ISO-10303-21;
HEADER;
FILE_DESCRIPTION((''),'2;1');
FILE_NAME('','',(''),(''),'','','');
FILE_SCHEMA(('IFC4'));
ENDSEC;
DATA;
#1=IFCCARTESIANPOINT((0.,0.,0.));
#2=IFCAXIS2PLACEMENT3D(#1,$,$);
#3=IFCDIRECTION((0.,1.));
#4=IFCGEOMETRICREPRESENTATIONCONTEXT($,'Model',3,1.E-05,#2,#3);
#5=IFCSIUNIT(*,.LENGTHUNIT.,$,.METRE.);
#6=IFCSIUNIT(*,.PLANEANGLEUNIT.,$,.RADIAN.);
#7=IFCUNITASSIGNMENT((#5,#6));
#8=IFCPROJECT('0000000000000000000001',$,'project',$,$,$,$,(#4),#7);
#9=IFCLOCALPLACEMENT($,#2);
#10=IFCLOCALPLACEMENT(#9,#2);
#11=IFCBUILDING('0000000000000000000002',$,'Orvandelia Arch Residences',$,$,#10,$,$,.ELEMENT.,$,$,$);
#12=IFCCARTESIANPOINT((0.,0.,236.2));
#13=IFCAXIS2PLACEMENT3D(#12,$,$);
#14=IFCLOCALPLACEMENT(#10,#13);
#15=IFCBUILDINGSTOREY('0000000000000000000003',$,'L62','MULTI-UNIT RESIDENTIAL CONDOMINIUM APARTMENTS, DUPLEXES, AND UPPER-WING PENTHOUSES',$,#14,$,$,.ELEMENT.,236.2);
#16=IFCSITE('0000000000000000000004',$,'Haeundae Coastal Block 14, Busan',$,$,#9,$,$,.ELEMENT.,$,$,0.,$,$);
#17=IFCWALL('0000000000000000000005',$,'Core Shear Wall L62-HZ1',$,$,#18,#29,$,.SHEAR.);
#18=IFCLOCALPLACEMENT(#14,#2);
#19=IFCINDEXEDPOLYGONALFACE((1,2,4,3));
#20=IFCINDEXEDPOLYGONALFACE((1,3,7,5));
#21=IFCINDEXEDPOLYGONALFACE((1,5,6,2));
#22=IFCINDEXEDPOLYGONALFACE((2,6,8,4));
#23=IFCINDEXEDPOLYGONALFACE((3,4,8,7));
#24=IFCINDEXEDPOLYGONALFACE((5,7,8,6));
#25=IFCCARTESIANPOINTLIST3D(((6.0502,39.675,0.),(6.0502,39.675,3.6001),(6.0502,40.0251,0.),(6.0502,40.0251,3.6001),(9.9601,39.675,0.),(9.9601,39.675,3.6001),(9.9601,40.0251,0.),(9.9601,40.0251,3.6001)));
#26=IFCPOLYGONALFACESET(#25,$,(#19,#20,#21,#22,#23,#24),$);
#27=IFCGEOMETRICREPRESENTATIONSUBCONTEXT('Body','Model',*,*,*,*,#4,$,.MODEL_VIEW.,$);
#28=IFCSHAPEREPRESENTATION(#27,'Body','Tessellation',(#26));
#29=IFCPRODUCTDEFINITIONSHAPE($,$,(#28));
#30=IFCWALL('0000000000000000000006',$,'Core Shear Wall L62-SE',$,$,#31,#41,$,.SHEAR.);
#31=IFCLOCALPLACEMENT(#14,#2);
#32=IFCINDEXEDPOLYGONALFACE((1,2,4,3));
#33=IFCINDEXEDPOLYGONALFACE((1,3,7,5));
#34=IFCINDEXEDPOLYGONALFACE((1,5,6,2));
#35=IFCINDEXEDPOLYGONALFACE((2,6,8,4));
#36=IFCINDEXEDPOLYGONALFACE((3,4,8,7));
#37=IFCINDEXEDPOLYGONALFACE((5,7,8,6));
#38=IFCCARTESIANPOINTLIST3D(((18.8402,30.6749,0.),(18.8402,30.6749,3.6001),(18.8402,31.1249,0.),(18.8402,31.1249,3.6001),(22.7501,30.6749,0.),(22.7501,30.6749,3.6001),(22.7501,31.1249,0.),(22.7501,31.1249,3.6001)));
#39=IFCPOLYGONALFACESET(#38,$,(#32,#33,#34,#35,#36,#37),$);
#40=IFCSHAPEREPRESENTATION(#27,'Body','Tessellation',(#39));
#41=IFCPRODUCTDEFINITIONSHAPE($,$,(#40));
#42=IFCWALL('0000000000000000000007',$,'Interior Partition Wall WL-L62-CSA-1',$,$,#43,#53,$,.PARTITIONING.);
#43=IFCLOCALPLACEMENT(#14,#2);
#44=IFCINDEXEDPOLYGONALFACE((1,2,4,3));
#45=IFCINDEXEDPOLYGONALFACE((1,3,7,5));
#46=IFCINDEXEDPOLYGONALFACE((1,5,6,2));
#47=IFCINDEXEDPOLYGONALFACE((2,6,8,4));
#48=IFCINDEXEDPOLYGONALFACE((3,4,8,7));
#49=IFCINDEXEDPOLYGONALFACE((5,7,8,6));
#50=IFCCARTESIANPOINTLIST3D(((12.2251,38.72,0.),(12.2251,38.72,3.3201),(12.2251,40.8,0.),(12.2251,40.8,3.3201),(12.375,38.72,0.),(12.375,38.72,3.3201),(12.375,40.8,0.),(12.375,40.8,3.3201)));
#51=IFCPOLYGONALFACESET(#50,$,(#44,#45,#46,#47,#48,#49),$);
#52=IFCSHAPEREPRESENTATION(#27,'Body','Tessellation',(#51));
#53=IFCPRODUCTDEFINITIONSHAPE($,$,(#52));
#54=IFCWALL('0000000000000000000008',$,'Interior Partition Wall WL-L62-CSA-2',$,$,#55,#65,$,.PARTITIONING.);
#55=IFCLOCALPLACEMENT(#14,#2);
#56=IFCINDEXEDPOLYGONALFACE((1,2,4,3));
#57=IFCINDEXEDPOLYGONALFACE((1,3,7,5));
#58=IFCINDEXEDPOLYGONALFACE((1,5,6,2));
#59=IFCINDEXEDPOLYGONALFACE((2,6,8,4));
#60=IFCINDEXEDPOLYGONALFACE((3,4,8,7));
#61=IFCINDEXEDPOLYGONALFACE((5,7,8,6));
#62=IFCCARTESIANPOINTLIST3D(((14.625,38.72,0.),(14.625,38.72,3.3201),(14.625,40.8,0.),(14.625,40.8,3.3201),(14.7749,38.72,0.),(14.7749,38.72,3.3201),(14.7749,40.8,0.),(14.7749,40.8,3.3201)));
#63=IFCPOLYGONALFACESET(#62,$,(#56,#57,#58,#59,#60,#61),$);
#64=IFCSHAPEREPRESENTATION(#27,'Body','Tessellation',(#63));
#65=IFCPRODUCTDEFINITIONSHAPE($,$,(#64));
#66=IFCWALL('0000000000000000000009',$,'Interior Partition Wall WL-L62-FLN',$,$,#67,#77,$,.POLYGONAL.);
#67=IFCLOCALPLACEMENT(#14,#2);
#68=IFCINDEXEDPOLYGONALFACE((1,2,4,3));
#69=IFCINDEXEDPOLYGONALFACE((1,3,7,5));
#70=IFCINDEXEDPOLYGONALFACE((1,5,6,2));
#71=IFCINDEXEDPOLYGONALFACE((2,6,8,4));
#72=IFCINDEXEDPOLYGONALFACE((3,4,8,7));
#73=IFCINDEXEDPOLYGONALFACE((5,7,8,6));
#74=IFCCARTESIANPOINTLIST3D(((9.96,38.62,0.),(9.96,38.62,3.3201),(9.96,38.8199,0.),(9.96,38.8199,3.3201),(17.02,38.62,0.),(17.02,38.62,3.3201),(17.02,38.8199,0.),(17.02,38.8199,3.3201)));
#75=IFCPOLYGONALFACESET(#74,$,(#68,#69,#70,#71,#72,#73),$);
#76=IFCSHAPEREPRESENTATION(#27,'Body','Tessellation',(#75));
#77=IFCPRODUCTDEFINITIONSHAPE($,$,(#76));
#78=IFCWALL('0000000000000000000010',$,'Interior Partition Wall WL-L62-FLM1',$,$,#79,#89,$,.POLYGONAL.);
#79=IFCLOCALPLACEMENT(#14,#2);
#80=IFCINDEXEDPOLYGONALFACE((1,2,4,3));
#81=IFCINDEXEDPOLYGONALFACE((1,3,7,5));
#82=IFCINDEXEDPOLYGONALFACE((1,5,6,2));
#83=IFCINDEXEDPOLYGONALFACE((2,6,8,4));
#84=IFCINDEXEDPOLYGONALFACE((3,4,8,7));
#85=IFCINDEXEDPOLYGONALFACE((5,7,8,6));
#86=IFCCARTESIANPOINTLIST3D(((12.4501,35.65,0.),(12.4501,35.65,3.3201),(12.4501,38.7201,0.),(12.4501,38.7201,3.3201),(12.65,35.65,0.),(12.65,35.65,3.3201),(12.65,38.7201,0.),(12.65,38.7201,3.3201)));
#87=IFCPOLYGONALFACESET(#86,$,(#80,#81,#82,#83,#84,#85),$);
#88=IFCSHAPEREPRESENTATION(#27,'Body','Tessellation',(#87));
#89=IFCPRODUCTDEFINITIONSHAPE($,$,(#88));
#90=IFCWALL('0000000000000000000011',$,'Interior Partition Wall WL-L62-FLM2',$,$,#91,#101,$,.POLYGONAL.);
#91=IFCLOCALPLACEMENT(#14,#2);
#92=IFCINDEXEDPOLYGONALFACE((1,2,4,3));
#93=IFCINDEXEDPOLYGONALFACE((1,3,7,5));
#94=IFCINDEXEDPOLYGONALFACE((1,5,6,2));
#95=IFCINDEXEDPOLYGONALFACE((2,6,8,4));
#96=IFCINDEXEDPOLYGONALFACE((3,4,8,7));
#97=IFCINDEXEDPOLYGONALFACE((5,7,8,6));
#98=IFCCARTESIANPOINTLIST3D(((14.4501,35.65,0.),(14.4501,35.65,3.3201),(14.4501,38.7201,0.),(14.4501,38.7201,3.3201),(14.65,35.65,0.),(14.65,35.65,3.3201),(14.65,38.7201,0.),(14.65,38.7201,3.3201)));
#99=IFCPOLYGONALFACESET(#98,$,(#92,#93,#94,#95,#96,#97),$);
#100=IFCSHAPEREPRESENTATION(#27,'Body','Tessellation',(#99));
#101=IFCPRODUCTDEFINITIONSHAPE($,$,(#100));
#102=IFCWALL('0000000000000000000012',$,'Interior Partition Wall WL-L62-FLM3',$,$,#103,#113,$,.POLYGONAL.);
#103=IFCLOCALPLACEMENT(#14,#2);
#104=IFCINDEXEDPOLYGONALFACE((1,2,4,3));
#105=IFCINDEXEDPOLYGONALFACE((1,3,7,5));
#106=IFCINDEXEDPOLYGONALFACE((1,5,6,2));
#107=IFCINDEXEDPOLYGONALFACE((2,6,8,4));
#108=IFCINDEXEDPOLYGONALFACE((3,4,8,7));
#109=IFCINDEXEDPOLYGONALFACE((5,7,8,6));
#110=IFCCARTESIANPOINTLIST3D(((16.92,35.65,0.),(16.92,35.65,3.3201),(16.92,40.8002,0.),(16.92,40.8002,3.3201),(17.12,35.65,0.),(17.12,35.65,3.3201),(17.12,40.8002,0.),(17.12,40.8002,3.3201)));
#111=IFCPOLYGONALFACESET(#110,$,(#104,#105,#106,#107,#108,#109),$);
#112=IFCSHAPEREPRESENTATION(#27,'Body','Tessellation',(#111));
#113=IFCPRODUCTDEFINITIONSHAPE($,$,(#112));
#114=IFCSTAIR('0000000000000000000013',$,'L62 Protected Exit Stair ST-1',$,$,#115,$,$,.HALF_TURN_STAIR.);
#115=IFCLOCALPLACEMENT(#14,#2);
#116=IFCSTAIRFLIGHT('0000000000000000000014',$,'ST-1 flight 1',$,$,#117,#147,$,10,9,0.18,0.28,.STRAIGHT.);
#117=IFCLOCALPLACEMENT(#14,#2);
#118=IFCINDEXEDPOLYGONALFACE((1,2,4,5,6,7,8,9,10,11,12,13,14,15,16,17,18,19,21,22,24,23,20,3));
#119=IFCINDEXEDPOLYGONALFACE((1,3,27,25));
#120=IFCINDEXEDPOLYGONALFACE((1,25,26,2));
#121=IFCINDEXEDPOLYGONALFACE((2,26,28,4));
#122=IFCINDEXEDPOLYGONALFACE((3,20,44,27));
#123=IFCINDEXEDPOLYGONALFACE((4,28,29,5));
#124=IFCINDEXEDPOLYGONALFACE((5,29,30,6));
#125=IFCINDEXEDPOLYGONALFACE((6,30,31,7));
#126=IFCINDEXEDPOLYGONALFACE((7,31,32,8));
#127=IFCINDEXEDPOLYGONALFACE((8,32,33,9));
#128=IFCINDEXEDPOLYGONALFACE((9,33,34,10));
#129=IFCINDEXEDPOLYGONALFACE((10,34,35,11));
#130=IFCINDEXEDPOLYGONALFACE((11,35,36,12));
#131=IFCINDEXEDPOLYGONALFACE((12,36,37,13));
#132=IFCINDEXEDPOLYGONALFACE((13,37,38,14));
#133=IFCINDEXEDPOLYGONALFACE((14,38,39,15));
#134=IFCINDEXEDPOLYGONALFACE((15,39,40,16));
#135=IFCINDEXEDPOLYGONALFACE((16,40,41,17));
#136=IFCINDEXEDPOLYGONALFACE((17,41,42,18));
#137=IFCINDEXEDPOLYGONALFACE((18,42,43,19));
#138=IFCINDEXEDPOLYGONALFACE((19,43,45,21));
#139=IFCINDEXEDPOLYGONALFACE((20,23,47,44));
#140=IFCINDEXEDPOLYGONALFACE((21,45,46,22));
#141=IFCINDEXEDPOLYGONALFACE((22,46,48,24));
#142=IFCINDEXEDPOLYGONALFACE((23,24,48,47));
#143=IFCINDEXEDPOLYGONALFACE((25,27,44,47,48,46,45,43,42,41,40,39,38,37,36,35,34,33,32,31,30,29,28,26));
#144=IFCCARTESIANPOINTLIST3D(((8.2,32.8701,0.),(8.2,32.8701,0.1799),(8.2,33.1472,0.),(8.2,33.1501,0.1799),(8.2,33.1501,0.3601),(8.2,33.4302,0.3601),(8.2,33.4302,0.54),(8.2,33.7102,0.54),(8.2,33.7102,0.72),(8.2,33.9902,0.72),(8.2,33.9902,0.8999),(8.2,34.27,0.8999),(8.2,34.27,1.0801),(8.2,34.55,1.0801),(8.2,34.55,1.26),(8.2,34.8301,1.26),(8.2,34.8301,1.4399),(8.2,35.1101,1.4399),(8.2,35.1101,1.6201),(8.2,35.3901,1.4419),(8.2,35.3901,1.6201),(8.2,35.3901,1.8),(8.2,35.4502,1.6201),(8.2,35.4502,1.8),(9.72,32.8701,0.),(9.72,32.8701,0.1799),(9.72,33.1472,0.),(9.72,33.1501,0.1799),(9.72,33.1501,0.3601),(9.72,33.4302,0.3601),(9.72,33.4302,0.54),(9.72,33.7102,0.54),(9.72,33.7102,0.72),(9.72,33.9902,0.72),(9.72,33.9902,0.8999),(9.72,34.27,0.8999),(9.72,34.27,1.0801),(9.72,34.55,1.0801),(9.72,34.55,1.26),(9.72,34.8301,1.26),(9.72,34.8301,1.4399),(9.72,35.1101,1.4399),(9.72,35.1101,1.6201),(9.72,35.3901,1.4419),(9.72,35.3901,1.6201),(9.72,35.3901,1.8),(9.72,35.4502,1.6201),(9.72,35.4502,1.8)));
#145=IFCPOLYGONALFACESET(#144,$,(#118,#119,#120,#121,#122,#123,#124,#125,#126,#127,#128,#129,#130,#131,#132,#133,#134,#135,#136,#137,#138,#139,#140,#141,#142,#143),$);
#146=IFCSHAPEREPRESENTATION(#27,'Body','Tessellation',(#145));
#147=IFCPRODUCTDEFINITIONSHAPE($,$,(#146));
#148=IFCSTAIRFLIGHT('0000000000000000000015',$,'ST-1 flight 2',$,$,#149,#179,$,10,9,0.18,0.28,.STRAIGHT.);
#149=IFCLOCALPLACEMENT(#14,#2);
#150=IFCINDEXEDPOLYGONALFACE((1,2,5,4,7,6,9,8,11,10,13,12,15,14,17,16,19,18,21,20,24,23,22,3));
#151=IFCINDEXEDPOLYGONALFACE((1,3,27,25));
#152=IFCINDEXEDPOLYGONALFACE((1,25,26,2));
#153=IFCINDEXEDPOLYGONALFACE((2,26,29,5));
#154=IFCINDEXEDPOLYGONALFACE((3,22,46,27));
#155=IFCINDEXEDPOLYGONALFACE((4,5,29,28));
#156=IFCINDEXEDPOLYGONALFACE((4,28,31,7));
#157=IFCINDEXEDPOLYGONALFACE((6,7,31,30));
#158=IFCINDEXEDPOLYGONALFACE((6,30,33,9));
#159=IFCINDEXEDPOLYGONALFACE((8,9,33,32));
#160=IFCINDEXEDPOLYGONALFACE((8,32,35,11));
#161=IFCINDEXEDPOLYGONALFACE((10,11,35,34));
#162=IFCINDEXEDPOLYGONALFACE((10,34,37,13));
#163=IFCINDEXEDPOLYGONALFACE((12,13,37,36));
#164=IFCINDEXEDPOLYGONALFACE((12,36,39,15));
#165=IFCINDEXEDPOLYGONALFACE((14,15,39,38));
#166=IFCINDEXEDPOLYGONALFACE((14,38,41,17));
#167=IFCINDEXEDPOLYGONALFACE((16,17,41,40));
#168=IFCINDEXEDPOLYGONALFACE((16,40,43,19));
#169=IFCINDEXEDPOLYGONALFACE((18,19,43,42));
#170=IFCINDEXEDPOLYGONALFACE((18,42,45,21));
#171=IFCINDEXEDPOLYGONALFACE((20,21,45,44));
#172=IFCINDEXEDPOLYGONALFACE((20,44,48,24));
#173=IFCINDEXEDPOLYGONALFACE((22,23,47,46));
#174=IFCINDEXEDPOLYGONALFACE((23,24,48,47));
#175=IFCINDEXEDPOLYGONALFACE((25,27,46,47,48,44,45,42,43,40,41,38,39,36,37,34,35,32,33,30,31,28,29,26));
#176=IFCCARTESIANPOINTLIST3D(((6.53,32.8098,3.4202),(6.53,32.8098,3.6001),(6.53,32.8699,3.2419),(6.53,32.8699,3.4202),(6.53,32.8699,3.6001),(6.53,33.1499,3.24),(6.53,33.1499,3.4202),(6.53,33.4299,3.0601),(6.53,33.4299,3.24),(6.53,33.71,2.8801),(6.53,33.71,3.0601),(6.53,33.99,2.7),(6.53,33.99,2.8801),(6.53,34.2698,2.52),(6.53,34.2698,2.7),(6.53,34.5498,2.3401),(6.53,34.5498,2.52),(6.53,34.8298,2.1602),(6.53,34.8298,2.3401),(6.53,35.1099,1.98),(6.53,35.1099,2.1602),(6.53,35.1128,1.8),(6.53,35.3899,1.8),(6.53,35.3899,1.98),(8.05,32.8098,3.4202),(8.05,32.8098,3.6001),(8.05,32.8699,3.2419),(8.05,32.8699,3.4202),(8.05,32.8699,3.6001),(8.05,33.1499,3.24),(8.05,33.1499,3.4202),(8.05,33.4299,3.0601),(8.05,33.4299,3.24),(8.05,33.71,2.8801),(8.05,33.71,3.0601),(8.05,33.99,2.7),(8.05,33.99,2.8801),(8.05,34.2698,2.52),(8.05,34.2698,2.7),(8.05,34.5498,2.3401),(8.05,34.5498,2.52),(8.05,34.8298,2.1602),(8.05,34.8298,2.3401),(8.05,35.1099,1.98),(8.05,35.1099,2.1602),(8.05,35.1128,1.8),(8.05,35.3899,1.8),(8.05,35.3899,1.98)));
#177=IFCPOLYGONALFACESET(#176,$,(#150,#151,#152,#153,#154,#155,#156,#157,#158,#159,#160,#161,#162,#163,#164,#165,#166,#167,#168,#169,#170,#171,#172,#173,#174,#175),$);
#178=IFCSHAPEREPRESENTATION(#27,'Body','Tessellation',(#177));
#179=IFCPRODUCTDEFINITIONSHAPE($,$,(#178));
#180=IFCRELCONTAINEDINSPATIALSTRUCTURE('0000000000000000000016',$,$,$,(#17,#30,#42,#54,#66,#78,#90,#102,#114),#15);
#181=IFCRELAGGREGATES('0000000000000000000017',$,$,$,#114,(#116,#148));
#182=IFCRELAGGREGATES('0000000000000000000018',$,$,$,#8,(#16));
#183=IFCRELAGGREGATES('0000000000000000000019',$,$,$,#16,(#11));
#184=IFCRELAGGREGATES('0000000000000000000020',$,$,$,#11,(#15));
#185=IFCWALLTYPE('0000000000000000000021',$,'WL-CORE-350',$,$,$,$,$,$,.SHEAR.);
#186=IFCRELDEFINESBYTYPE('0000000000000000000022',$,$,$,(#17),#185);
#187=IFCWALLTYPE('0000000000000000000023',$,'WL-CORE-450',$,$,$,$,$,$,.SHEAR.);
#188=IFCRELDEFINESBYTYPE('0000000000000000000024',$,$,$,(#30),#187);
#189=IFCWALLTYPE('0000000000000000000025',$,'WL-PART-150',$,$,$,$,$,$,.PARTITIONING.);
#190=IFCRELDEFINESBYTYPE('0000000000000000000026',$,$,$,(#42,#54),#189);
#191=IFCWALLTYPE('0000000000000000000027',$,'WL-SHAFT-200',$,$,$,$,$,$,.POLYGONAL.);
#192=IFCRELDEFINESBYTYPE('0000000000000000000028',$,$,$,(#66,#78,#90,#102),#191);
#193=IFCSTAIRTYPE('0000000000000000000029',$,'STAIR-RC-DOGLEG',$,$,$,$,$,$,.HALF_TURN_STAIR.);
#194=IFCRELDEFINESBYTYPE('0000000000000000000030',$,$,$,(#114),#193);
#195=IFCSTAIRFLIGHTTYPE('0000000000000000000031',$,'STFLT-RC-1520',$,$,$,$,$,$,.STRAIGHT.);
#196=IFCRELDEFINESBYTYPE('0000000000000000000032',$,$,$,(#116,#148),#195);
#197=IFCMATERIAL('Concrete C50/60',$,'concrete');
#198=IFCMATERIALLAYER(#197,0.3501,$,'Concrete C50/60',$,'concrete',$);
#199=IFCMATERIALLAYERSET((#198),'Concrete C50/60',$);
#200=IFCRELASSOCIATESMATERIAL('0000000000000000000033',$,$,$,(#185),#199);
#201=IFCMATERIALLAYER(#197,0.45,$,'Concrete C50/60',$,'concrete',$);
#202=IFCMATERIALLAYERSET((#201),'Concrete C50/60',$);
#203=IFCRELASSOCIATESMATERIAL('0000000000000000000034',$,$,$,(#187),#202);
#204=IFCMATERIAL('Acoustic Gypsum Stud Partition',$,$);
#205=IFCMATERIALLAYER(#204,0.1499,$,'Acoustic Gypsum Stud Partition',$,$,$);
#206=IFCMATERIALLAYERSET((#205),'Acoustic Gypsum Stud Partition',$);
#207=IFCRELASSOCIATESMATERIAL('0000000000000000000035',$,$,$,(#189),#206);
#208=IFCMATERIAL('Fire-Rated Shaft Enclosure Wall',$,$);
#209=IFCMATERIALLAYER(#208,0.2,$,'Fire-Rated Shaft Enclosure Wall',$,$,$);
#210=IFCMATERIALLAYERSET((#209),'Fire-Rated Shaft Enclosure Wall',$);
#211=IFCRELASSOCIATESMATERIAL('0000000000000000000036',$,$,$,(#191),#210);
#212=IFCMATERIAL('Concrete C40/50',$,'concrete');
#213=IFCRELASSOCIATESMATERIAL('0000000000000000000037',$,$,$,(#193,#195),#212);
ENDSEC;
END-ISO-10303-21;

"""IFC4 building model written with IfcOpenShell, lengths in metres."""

from ifc_helpers import new_model, si_unit, direction, frame, frame_2d, origin, place, context, subcontext, project, spatial, polyline, rectangle, outline, extrude, material, layer, layer_set, type_object, element, aggregate, save


model = new_model("IFC4")

# Units and contexts
model_context = context("Model", 3, precision=1e-05, world=origin(), true_north=direction((0.0, 1.0)))
body_context = subcontext(model_context, "Body", "Model", "MODEL_VIEW")
ifc_project = project(units=[si_unit("LENGTHUNIT", "METRE"), si_unit("PLANEANGLEUNIT", "RADIAN")], contexts=[model_context])

# Site, building, storey
site_placement = place(None, origin())
site = spatial("IfcSite", under=ifc_project, at=site_placement, Name="Haeundae Coastal Block 14, Busan", CompositionType="ELEMENT", RefElevation=0.0)
building_placement = place(site_placement, origin())
building = spatial("IfcBuilding", under=site, at=building_placement, Name="Orvandelia Arch Residences", CompositionType="ELEMENT")
storey_placement = place(building_placement, frame((0.0, 0.0, 236.2)))
storey = spatial("IfcBuildingStorey", under=building, at=storey_placement, Name="L62", Description="MULTI-UNIT RESIDENTIAL CONDOMINIUM APARTMENTS, DUPLEXES, AND UPPER-WING PENTHOUSES", CompositionType="ELEMENT", Elevation=236.2)

# Shared definitions
ifc_material_1 = material(Name="Concrete C50/60", Category="concrete")
ifc_layer_1 = layer(ifc_material_1, 0.3501, Name="Concrete C50/60", Category="concrete")
ifc_layer_set_1 = layer_set([ifc_layer_1], Name="Concrete C50/60")
wall_type_1 = type_object("IfcWallType", Name="WL-CORE-350", PredefinedType="SHEAR", material=ifc_layer_set_1)

# Wall
wall_1_placement = place(storey_placement, frame((6.05, 39.8501, 0.0), z_axis=(0.0, 0.0, 1.0), x_axis=(1.0, 0.0, 0.0)))
element("IfcWall", 1, at=wall_1_placement, inside=storey, type_object=wall_type_1, Name="Core Shear Wall L62-HZ1", PredefinedType="SHEAR", context=body_context, shape_type="SweptSolid", body=[
    extrude(rectangle(XDim=3.9099, YDim=0.3501, at=frame_2d((1.9551, 0.0))), origin(), (0.0, 0.0, 1.0), 3.6001),
])

# Walls
ifc_layer_2 = layer(ifc_material_1, 0.45, Name="Concrete C50/60", Category="concrete")
ifc_layer_set_2 = layer_set([ifc_layer_2], Name="Concrete C50/60")
wall_type_2 = type_object("IfcWallType", Name="WL-CORE-450", PredefinedType="SHEAR", material=ifc_layer_set_2)
wall_2_placement = place(storey_placement, frame((18.8401, 30.8999, 0.0), z_axis=(0.0, 0.0, 1.0), x_axis=(1.0, 0.0, 0.0)))
element("IfcWall", 2, at=wall_2_placement, inside=storey, type_object=wall_type_2, Name="Core Shear Wall L62-SE", PredefinedType="SHEAR", context=body_context, shape_type="SweptSolid", body=[
    extrude(rectangle(XDim=3.9099, YDim=0.45, at=frame_2d((1.9551, 0.0))), origin(), (0.0, 0.0, 1.0), 3.6001),
])
ifc_material_2 = material(Name="Acoustic Gypsum Stud Partition")
ifc_layer_3 = layer(ifc_material_2, 0.1499, Name="Acoustic Gypsum Stud Partition")
ifc_layer_set_3 = layer_set([ifc_layer_3], Name="Acoustic Gypsum Stud Partition")
wall_type_3 = type_object("IfcWallType", Name="WL-PART-150", PredefinedType="PARTITIONING", material=ifc_layer_set_3)
for number, where, z_axis, x_axis, name in (
    (3, (12.3, 38.72, 0.0), (0.0, 0.0, 1.0), (0.0, 1.0, 0.0), "Interior Partition Wall WL-L62-CSA-1"),
    (4, (14.7, 38.72, 0.0), (0.0, 0.0, 1.0), (0.0, 1.0, 0.0), "Interior Partition Wall WL-L62-CSA-2"),
):
    element("IfcWall", number, at=place(storey_placement, frame(where, z_axis=z_axis, x_axis=x_axis)), inside=storey, type_object=wall_type_3, Name=name, PredefinedType="PARTITIONING", context=body_context, shape_type="SweptSolid", body=[
        extrude(rectangle(XDim=2.0801, YDim=0.1499, at=frame_2d((1.04, 0.0))), origin(), (0.0, 0.0, 1.0), 3.3201),
    ])
ifc_material_3 = material(Name="Fire-Rated Shaft Enclosure Wall")
ifc_layer_4 = layer(ifc_material_3, 0.2, Name="Fire-Rated Shaft Enclosure Wall")
ifc_layer_set_4 = layer_set([ifc_layer_4], Name="Fire-Rated Shaft Enclosure Wall")
wall_type_4 = type_object("IfcWallType", Name="WL-SHAFT-200", PredefinedType="POLYGONAL", material=ifc_layer_set_4)
wall_3_placement = place(storey_placement, frame((9.96, 38.72, 0.0), z_axis=(0.0, 0.0, 1.0), x_axis=(1.0, 0.0, 0.0)))
element("IfcWall", 5, at=wall_3_placement, inside=storey, type_object=wall_type_4, Name="Interior Partition Wall WL-L62-FLN", PredefinedType="POLYGONAL", context=body_context, shape_type="SweptSolid", body=[
    extrude(rectangle(XDim=7.0601, YDim=0.2, at=frame_2d((3.53, 0.0))), origin(), (0.0, 0.0, 1.0), 3.3201),
])
for number, where, z_axis, x_axis, name in (
    (6, (12.55, 35.6499, 0.0), (0.0, 0.0, 1.0), (0.0, 1.0, 0.0), "Interior Partition Wall WL-L62-FLM1"),
    (7, (14.55, 35.6499, 0.0), (0.0, 0.0, 1.0), (0.0, 1.0, 0.0), "Interior Partition Wall WL-L62-FLM2"),
):
    element("IfcWall", number, at=place(storey_placement, frame(where, z_axis=z_axis, x_axis=x_axis)), inside=storey, type_object=wall_type_4, Name=name, PredefinedType="POLYGONAL", context=body_context, shape_type="SweptSolid", body=[
        extrude(rectangle(XDim=3.0701, YDim=0.2, at=frame_2d((1.5352, 0.0))), origin(), (0.0, 0.0, 1.0), 3.3201),
    ])
wall_4_placement = place(storey_placement, frame((17.02, 35.6499, 0.0), z_axis=(0.0, 0.0, 1.0), x_axis=(0.0, 1.0, 0.0)))
element("IfcWall", 8, at=wall_4_placement, inside=storey, type_object=wall_type_4, Name="Interior Partition Wall WL-L62-FLM3", PredefinedType="POLYGONAL", context=body_context, shape_type="SweptSolid", body=[
    extrude(rectangle(XDim=5.1501, YDim=0.2, at=frame_2d((2.5752, 0.0))), origin(), (0.0, 0.0, 1.0), 3.3201),
])

# Stair, stair flights
ifc_material_4 = material(Name="Concrete C40/50", Category="concrete")
stair_type = type_object("IfcStairType", Name="STAIR-RC-DOGLEG", PredefinedType="HALF_TURN_STAIR", material=ifc_material_4)
stair_1_placement = place(storey_placement, origin())
stair_1 = element("IfcStair", 9, at=stair_1_placement, inside=storey, type_object=stair_type, Name="L62 Protected Exit Stair ST-1", PredefinedType="HALF_TURN_STAIR")
stair_flight_type = type_object("IfcStairFlightType", Name="STFLT-RC-1520", PredefinedType="STRAIGHT", material=ifc_material_4)
stair_flight_1_placement = place(storey_placement, frame((8.96, 32.8701, 0.0), z_axis=(0.0, 0.0, 1.0), x_axis=(0.0, 1.0, 0.0)))
stair_flight_1 = element("IfcStairFlight", 10, at=stair_flight_1_placement, type_object=stair_flight_type, Name="ST-1 flight 1", NumberOfRisers=10, NumberOfTreads=9, PredefinedType="STRAIGHT", RiserHeight=0.18, TreadLength=0.28, context=body_context, shape_type="SweptSolid", body=[
    extrude(outline(polyline([(0.0, 0.0), (0.0, 0.1799), (0.28, 0.1799), (0.28, 0.3601), (0.5601, 0.3601), (0.5601, 0.54), (0.8401, 0.54), (0.8401, 0.72), (1.1201, 0.72), (1.1201, 0.8999), (1.3999, 0.8999), (1.3999, 1.0801), (1.6799, 1.0801), (1.6799, 1.26), (1.96, 1.26), (1.96, 1.4399), (2.24, 1.4399), (2.24, 1.6201), (2.52, 1.6201), (2.52, 1.8), (2.5801, 1.8), (2.5801, 1.6201), (2.52, 1.4419), (0.2771, 0.0), (0.0, 0.0)])), frame((0.0, 0.76, 0.0), z_axis=(0.0, -1.0, 0.0), x_axis=(1.0, 0.0, 0.0)), (0.0, 0.0, 1.0), 1.52),
])
stair_flight_2_placement = place(storey_placement, frame((7.29, 35.3899, 1.8), z_axis=(0.0, 0.0, 1.0), x_axis=(0.0, -1.0, 0.0)))
stair_flight_2 = element("IfcStairFlight", 11, at=stair_flight_2_placement, type_object=stair_flight_type, Name="ST-1 flight 2", NumberOfRisers=10, NumberOfTreads=9, PredefinedType="STRAIGHT", RiserHeight=0.18, TreadLength=0.28, context=body_context, shape_type="SweptSolid", body=[
    extrude(outline(polyline([(0.0, 0.0), (0.0, 0.1799), (0.28, 0.1799), (0.28, 0.3601), (0.5601, 0.3601), (0.5601, 0.54), (0.8401, 0.54), (0.8401, 0.72), (1.1201, 0.72), (1.1201, 0.8999), (1.3999, 0.8999), (1.3999, 1.0801), (1.6799, 1.0801), (1.6799, 1.26), (1.96, 1.26), (1.96, 1.4399), (2.24, 1.4399), (2.24, 1.6201), (2.52, 1.6201), (2.52, 1.8), (2.5801, 1.8), (2.5801, 1.6201), (2.52, 1.4419), (0.2771, 0.0), (0.0, 0.0)])), frame((0.0, 0.76, 0.0), z_axis=(0.0, -1.0, 0.0), x_axis=(1.0, 0.0, 0.0)), (0.0, 0.0, 1.0), 1.52),
])
aggregate(stair_1, [stair_flight_1, stair_flight_2])

save(model, "model.ifc")
